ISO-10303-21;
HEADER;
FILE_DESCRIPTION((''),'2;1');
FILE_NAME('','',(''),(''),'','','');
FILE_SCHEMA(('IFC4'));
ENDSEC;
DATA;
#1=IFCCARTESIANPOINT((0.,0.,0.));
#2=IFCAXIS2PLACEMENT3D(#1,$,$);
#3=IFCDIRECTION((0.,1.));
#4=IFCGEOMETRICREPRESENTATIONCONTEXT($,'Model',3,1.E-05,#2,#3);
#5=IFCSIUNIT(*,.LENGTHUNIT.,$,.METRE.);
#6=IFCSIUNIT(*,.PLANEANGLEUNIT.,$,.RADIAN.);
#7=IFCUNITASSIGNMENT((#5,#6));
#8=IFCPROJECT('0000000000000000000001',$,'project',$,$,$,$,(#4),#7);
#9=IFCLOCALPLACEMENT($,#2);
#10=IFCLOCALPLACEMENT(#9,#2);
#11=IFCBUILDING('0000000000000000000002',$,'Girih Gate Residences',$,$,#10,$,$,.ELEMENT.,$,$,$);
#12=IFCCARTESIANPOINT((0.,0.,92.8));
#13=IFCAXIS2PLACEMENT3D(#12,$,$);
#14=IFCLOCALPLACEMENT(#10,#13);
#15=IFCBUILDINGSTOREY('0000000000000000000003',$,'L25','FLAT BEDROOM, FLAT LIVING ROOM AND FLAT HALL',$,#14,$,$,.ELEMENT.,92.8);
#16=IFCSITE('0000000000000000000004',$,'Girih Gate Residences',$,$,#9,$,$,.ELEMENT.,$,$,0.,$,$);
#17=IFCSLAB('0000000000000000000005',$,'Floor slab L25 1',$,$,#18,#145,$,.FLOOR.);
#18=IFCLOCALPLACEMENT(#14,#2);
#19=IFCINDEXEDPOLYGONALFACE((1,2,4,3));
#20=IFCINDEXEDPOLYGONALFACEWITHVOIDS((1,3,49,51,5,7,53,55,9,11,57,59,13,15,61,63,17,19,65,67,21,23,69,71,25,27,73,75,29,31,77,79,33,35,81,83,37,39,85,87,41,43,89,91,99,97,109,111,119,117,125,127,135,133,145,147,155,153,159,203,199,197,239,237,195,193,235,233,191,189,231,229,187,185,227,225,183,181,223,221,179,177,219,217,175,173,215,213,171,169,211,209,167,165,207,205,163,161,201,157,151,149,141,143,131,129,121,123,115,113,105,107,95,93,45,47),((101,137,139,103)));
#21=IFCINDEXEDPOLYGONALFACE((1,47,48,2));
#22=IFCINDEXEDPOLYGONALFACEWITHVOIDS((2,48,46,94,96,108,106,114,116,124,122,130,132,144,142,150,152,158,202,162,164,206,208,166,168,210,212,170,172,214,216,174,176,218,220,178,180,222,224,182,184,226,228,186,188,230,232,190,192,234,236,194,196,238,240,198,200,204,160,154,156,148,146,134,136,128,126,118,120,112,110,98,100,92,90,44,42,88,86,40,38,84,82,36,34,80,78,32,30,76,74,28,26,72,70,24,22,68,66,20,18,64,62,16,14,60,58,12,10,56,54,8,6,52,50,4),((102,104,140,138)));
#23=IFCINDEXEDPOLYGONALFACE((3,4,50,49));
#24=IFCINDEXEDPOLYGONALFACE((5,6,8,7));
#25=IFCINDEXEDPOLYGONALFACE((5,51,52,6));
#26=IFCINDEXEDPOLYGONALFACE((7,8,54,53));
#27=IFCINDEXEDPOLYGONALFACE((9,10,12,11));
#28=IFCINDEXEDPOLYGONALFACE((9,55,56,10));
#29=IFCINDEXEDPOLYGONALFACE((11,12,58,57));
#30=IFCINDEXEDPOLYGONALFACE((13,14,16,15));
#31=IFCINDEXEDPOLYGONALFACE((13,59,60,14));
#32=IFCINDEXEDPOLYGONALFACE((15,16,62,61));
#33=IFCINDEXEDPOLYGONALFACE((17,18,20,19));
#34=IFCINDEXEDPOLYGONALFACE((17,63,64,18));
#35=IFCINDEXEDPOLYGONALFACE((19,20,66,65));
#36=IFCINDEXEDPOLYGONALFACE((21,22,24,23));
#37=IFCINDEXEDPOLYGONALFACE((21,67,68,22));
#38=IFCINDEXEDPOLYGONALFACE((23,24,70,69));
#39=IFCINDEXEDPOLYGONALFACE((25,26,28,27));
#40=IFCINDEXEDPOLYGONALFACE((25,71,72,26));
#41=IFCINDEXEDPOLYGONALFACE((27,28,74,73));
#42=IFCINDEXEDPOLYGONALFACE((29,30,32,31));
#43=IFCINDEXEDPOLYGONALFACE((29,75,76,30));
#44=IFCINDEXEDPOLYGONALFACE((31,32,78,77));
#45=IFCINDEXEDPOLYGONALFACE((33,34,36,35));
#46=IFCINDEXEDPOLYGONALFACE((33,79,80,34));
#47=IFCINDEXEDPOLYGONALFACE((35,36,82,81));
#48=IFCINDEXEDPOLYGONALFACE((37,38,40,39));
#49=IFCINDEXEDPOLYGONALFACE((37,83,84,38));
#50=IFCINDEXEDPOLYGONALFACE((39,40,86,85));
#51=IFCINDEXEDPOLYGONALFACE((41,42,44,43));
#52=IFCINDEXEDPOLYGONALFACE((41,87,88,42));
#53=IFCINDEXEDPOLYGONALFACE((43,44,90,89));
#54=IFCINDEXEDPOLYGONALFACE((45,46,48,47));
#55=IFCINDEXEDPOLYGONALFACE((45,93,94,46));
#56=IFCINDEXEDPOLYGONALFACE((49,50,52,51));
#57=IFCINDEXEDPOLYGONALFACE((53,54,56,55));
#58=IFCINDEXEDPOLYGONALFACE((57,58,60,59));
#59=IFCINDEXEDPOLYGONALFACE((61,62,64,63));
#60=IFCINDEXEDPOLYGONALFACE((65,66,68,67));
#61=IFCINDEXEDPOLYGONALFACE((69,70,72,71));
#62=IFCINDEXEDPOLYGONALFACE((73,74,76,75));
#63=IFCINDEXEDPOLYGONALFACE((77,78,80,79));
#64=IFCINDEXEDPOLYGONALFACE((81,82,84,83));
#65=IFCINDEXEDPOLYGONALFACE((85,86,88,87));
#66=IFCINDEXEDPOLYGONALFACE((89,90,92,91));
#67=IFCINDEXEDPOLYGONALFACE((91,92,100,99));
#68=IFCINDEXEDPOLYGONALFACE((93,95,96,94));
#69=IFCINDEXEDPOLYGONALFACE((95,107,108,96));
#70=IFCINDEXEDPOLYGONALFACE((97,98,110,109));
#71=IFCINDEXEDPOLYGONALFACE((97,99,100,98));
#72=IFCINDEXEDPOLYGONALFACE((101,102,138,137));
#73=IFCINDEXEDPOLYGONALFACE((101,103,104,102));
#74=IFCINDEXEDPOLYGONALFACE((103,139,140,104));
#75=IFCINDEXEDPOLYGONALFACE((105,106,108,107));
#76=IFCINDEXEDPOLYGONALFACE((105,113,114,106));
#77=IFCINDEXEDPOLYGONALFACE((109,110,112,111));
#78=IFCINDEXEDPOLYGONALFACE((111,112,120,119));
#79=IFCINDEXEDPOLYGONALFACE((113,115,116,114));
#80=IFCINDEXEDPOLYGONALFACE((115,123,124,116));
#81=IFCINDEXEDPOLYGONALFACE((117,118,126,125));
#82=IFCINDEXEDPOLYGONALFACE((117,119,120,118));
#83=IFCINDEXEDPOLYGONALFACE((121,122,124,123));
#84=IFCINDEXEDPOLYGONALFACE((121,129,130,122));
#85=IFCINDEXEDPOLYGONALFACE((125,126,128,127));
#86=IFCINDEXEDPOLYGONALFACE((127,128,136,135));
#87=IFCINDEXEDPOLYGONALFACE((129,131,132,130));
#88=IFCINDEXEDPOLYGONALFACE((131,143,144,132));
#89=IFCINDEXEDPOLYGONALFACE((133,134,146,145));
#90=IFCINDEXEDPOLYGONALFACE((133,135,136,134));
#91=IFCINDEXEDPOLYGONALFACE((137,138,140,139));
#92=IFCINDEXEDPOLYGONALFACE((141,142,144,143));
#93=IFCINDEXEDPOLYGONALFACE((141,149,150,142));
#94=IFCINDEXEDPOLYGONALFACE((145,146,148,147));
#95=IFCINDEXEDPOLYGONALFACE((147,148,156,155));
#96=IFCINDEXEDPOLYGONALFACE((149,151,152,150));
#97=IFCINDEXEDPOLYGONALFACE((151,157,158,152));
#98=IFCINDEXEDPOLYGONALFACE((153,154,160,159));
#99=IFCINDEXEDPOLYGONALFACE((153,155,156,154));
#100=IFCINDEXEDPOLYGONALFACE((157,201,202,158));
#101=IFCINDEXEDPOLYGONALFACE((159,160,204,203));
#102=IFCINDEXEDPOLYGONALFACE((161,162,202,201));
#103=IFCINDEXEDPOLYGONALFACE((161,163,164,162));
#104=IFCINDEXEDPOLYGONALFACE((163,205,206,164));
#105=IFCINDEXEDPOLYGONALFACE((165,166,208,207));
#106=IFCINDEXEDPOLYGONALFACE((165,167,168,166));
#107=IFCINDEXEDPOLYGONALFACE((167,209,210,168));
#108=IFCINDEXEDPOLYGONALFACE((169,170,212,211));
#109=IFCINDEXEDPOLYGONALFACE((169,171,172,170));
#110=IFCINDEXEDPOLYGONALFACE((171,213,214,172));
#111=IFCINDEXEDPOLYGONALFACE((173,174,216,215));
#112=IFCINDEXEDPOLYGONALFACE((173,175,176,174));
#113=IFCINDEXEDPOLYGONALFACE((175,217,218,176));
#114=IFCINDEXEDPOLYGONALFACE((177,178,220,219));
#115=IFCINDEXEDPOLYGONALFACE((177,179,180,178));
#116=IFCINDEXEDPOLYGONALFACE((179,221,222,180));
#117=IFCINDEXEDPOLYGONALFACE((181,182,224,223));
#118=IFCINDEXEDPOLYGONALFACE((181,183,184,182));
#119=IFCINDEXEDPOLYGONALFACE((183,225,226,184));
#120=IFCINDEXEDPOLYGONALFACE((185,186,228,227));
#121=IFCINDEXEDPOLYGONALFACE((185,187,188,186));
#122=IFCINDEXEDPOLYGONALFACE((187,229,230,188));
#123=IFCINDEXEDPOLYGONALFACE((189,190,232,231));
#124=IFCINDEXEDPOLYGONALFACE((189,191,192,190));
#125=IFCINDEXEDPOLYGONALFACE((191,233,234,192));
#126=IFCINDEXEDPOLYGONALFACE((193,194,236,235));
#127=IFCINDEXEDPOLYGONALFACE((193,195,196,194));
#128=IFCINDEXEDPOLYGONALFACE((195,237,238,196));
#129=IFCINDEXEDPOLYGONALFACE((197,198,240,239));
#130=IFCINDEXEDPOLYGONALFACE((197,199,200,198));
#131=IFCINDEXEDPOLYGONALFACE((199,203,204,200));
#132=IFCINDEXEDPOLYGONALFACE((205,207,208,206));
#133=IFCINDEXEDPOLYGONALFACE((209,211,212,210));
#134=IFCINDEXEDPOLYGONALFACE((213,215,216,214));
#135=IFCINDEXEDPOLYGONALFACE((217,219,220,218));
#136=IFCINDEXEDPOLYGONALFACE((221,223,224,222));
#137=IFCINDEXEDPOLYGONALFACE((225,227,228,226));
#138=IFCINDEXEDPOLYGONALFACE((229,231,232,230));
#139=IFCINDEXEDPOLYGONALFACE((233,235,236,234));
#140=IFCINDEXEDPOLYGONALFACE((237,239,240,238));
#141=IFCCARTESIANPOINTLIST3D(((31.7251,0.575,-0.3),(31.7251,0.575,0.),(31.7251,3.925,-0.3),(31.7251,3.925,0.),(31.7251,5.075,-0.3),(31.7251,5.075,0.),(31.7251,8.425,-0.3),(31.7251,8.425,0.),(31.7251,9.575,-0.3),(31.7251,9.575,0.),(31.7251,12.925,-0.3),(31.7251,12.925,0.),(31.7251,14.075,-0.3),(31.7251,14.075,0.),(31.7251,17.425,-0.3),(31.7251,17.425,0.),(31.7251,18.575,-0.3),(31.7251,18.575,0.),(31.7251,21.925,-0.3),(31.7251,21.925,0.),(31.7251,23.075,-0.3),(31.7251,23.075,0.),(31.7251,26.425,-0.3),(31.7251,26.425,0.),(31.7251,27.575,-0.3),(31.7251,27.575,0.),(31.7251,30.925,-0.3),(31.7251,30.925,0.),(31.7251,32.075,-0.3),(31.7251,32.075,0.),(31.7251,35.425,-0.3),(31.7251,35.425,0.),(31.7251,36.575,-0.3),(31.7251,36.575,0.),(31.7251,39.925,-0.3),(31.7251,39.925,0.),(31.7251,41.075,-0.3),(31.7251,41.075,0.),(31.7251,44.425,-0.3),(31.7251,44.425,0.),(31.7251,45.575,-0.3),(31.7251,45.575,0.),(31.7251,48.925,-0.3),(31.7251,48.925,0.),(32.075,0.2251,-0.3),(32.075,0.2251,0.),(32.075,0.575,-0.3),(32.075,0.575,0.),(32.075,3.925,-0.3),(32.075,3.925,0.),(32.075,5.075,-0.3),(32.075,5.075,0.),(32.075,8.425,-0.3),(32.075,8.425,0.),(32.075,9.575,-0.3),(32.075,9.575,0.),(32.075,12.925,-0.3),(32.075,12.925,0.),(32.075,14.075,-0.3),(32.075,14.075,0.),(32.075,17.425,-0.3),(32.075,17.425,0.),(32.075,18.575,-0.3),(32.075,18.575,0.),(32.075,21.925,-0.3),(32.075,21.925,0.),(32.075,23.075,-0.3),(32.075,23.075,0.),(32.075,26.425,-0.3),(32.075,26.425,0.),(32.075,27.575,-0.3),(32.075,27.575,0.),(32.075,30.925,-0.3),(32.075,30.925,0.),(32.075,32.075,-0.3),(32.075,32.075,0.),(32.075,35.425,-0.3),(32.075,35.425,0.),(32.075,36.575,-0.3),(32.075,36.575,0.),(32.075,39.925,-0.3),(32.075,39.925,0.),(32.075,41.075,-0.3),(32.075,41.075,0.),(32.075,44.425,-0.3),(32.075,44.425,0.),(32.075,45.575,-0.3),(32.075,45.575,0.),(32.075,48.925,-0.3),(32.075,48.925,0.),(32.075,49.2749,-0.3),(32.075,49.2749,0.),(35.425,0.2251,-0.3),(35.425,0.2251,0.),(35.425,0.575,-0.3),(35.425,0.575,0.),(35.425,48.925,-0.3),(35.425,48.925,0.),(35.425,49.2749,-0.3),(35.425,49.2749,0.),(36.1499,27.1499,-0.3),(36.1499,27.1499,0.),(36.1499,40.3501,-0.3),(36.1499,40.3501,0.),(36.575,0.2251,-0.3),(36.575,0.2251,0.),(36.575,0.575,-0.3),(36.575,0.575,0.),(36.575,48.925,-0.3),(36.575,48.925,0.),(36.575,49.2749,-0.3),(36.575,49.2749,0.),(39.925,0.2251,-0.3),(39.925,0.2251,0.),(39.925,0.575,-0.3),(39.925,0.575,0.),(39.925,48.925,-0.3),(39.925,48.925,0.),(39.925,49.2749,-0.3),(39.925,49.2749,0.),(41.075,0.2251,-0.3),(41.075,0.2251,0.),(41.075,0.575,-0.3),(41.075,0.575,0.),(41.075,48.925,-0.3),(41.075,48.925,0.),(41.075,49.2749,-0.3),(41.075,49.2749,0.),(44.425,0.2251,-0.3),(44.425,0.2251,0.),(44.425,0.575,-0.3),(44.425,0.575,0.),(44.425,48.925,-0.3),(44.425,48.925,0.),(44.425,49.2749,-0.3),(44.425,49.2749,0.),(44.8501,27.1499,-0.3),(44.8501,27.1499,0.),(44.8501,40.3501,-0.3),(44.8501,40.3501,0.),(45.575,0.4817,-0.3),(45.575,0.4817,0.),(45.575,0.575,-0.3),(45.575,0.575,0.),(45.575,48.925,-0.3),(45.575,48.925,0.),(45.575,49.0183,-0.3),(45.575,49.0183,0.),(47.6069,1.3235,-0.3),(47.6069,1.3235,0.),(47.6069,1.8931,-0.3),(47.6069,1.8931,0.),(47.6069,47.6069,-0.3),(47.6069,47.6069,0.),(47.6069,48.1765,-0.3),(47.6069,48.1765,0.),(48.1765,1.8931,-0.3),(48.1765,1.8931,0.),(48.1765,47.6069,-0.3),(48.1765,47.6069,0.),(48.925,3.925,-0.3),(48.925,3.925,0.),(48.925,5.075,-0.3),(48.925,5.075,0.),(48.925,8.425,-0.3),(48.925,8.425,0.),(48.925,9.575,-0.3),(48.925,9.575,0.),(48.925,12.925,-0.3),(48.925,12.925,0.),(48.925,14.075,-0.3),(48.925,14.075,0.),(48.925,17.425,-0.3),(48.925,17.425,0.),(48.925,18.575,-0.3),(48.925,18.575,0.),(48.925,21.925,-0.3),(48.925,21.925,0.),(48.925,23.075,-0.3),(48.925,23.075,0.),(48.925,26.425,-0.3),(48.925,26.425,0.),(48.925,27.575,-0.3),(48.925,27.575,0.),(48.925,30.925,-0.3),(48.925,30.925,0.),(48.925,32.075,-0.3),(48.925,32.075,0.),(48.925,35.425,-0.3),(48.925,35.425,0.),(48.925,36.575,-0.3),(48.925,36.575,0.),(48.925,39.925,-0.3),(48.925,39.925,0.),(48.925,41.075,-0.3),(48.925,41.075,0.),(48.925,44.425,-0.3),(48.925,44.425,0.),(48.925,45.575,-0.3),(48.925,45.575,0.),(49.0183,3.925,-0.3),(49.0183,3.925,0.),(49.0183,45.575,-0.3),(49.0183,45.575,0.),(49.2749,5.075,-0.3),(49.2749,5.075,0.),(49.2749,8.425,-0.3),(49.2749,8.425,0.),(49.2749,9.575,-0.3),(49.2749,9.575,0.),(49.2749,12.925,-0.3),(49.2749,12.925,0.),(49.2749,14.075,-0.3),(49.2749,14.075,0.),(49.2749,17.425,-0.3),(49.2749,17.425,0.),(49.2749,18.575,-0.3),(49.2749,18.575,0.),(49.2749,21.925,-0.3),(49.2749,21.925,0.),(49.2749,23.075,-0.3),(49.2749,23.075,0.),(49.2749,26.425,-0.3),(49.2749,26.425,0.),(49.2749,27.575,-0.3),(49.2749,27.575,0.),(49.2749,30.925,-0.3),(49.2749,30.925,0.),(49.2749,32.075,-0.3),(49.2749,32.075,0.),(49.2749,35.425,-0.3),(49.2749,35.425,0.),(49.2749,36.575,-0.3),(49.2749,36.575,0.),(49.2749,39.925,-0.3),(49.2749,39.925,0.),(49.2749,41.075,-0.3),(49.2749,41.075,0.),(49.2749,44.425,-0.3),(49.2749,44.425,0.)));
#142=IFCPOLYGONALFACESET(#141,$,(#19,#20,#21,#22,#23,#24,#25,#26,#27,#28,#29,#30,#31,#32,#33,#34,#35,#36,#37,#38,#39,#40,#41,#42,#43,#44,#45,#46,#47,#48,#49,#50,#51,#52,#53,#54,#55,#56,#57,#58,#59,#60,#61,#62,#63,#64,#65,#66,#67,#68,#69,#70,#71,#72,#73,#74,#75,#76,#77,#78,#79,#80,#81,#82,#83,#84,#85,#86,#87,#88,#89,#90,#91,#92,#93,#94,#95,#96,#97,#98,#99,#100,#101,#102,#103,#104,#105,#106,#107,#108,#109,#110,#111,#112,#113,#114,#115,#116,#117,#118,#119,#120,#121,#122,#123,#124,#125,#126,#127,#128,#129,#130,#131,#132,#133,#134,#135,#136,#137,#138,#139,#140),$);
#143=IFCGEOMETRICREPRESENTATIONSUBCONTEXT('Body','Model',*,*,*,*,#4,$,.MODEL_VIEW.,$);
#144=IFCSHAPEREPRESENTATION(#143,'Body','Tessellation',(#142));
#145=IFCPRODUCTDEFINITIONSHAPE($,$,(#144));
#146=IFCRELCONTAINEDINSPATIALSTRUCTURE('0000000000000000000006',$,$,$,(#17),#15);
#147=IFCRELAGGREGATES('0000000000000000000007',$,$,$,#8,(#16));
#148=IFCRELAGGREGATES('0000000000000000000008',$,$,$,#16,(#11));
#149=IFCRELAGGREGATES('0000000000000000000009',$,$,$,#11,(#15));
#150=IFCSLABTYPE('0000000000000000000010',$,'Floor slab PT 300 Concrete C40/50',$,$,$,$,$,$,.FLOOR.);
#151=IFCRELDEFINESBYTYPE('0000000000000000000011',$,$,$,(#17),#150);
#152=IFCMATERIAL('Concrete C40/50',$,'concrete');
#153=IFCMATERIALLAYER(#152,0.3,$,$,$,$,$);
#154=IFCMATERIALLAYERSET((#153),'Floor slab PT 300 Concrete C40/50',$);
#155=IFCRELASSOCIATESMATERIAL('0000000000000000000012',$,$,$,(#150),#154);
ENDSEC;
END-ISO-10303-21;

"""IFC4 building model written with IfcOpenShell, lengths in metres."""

from ifc_helpers import new_model, si_unit, direction, frame, origin, place, context, subcontext, project, spatial, polyline, outline, extrude, material, layer, layer_set, type_object, element, save


model = new_model("IFC4")

# Units and contexts
model_context = context("Model", 3, precision=1e-05, world=origin(), true_north=direction((0.0, 1.0)))
body_context = subcontext(model_context, "Body", "Model", "MODEL_VIEW")
ifc_project = project(units=[si_unit("LENGTHUNIT", "METRE"), si_unit("PLANEANGLEUNIT", "RADIAN")], contexts=[model_context])

# Site, building, storey
site_placement = place(None, origin())
site = spatial("IfcSite", under=ifc_project, at=site_placement, Name="Girih Gate Residences", CompositionType="ELEMENT", RefElevation=0.0)
building_placement = place(site_placement, origin())
building = spatial("IfcBuilding", under=site, at=building_placement, Name="Girih Gate Residences", CompositionType="ELEMENT")
storey_placement = place(building_placement, frame((0.0, 0.0, 92.8)))
storey = spatial("IfcBuildingStorey", under=building, at=storey_placement, Name="L25", Description="FLAT BEDROOM, FLAT LIVING ROOM AND FLAT HALL", CompositionType="ELEMENT", Elevation=92.8)

# Slab
ifc_material_1 = material(Name="Concrete C40/50", Category="concrete")
ifc_layer_1 = layer(ifc_material_1, 0.3)
ifc_layer_set_1 = layer_set([ifc_layer_1], Name="Floor slab PT 300 Concrete C40/50")
slab_type_1 = type_object("IfcSlabType", Name="Floor slab PT 300 Concrete C40/50", PredefinedType="FLOOR", material=ifc_layer_set_1)
slab_1_placement = place(storey_placement, frame((0.0, 0.0, -0.3)))
element("IfcSlab", 1, at=slab_1_placement, inside=storey, type_object=slab_type_1, Name="Floor slab L25 1", PredefinedType="FLOOR", context=body_context, shape_type="SweptSolid", body=[
    extrude(outline(polyline([(35.425, 49.2749), (32.075, 49.2749), (32.075, 48.925), (31.7251, 48.925), (31.7251, 45.575), (32.075, 45.575), (32.075, 44.425), (31.7251, 44.425), (31.7251, 41.075), (32.075, 41.075), (32.075, 39.925), (31.7251, 39.925), (31.7251, 36.575), (32.075, 36.575), (32.075, 35.425), (31.7251, 35.425), (31.7251, 32.075), (32.075, 32.075), (32.075, 30.925), (31.7251, 30.925), (31.7251, 27.575), (32.075, 27.575), (32.075, 26.425), (31.7251, 26.425), (31.7251, 23.075), (32.075, 23.075), (32.075, 21.925), (31.7251, 21.925), (31.7251, 18.575), (32.075, 18.575), (32.075, 17.425), (31.7251, 17.425), (31.7251, 14.075), (32.075, 14.075), (32.075, 12.925), (31.7251, 12.925), (31.7251, 9.575), (32.075, 9.575), (32.075, 8.425), (31.7251, 8.425), (31.7251, 5.075), (32.075, 5.075), (32.075, 3.925), (31.7251, 3.925), (31.7251, 0.575), (32.075, 0.575), (32.075, 0.2251), (35.425, 0.2251), (35.425, 0.575), (36.575, 0.575), (36.575, 0.2251), (39.925, 0.2251), (39.925, 0.575), (41.075, 0.575), (41.075, 0.2251), (44.425, 0.2251), (44.425, 0.575), (45.575, 0.575), (45.575, 0.4817), (47.6069, 1.3235), (47.6069, 1.8931), (48.1765, 1.8931), (49.0183, 3.925), (48.925, 3.925), (48.925, 5.075), (49.2749, 5.075), (49.2749, 8.425), (48.925, 8.425), (48.925, 9.575), (49.2749, 9.575), (49.2749, 12.925), (48.925, 12.925), (48.925, 14.075), (49.2749, 14.075), (49.2749, 17.425), (48.925, 17.425), (48.925, 18.575), (49.2749, 18.575), (49.2749, 21.925), (48.925, 21.925), (48.925, 23.075), (49.2749, 23.075), (49.2749, 26.425), (48.925, 26.425), (48.925, 27.575), (49.2749, 27.575), (49.2749, 30.925), (48.925, 30.925), (48.925, 32.075), (49.2749, 32.075), (49.2749, 35.425), (48.925, 35.425), (48.925, 36.575), (49.2749, 36.575), (49.2749, 39.925), (48.925, 39.925), (48.925, 41.075), (49.2749, 41.075), (49.2749, 44.425), (48.925, 44.425), (48.925, 45.575), (49.0183, 45.575), (48.1765, 47.6069), (47.6069, 47.6069), (47.6069, 48.1765), (45.575, 49.0183), (45.575, 48.925), (44.425, 48.925), (44.425, 49.2749), (41.075, 49.2749), (41.075, 48.925), (39.925, 48.925), (39.925, 49.2749), (36.575, 49.2749), (36.575, 48.925), (35.425, 48.925), (35.425, 49.2749)]), holes=[polyline([(44.8501, 40.3501), (44.8501, 27.1499), (36.1499, 27.1499), (36.1499, 40.3501), (44.8501, 40.3501)])]), origin(), (0.0, 0.0, 1.0), 0.3),
])

save(model, "model.ifc")
